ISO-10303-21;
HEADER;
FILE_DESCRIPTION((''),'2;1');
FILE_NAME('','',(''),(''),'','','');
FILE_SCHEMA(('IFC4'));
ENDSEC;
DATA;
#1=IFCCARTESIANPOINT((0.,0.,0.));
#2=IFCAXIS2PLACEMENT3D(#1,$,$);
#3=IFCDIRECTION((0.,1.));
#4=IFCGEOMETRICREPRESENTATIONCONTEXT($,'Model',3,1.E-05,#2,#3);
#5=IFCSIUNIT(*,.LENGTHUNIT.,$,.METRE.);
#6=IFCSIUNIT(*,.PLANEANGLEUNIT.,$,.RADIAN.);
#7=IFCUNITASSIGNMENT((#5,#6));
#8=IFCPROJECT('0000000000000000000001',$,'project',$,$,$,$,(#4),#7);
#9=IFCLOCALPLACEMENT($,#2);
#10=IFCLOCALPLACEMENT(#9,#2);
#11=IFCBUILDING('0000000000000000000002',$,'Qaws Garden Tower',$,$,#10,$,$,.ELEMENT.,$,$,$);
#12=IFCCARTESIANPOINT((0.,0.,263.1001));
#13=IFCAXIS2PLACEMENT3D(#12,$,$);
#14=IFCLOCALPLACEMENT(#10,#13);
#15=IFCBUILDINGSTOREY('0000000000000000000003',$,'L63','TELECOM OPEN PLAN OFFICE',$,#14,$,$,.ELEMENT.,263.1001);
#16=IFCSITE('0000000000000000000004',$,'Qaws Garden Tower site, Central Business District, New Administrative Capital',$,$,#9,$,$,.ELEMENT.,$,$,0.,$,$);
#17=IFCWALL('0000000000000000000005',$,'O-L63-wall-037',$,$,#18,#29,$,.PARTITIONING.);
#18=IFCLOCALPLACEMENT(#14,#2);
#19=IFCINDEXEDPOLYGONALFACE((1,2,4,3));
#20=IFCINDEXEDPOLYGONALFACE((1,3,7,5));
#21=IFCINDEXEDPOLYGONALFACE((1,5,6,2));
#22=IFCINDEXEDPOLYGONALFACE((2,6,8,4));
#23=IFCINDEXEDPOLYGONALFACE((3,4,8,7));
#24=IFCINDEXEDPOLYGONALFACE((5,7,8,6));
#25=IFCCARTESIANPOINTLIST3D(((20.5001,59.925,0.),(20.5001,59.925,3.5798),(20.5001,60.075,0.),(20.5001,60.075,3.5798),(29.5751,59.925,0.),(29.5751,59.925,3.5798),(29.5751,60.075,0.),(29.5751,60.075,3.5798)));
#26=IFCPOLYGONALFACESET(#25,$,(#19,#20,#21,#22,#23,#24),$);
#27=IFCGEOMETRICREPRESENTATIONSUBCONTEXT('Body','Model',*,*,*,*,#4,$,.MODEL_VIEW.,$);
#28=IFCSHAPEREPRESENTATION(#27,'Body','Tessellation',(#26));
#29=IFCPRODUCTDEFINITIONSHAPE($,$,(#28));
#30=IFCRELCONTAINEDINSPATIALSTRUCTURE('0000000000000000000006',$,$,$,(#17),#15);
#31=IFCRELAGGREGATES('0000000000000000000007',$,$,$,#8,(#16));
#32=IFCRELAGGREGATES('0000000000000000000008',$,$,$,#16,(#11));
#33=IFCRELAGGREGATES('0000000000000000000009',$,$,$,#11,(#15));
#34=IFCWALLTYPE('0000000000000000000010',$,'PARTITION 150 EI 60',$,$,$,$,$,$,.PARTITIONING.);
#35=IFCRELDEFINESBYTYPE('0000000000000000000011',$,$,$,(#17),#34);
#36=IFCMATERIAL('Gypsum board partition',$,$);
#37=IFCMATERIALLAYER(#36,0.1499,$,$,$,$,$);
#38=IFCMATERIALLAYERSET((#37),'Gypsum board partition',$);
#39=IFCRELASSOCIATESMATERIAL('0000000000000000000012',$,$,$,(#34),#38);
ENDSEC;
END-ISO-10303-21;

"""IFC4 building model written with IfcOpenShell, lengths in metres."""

from ifc_helpers import new_model, si_unit, direction, frame, frame_2d, origin, place, context, subcontext, project, spatial, rectangle, extrude, material, layer, layer_set, type_object, element, save


model = new_model("IFC4")

# Units and contexts
model_context = context("Model", 3, precision=1e-05, world=origin(), true_north=direction((0.0, 1.0)))
body_context = subcontext(model_context, "Body", "Model", "MODEL_VIEW")
ifc_project = project(units=[si_unit("LENGTHUNIT", "METRE"), si_unit("PLANEANGLEUNIT", "RADIAN")], contexts=[model_context])

# Site, building, storey
site_placement = place(None, origin())
site = spatial("IfcSite", under=ifc_project, at=site_placement, Name="Qaws Garden Tower site, Central Business District, New Administrative Capital", CompositionType="ELEMENT", RefElevation=0.0)
building_placement = place(site_placement, origin())
building = spatial("IfcBuilding", under=site, at=building_placement, Name="Qaws Garden Tower", CompositionType="ELEMENT")
storey_placement = place(building_placement, frame((0.0, 0.0, 263.1001)))
storey = spatial("IfcBuildingStorey", under=building, at=storey_placement, Name="L63", Description="TELECOM OPEN PLAN OFFICE", CompositionType="ELEMENT", Elevation=263.1001)

# Shared definitions
ifc_material_1 = material(Name="Gypsum board partition")
ifc_layer_1 = layer(ifc_material_1, 0.1499)
ifc_layer_set_1 = layer_set([ifc_layer_1], Name="Gypsum board partition")
wall_type_1 = type_object("IfcWallType", Name="PARTITION 150 EI 60", PredefinedType="PARTITIONING", material=ifc_layer_set_1)

# Wall
wall_1_placement = place(storey_placement, frame((20.5, 60.0, 0.0), z_axis=(0.0, 0.0, 1.0), x_axis=(1.0, 0.0, 0.0)))
element("IfcWall", 1, at=wall_1_placement, inside=storey, type_object=wall_type_1, Name="O-L63-wall-037", PredefinedType="PARTITIONING", context=body_context, shape_type="SweptSolid", body=[
    extrude(rectangle(XDim=9.075, YDim=0.1499, at=frame_2d((4.5376, 0.0))), origin(), (0.0, 0.0, 1.0), 3.5798),
])

save(model, "model.ifc")
